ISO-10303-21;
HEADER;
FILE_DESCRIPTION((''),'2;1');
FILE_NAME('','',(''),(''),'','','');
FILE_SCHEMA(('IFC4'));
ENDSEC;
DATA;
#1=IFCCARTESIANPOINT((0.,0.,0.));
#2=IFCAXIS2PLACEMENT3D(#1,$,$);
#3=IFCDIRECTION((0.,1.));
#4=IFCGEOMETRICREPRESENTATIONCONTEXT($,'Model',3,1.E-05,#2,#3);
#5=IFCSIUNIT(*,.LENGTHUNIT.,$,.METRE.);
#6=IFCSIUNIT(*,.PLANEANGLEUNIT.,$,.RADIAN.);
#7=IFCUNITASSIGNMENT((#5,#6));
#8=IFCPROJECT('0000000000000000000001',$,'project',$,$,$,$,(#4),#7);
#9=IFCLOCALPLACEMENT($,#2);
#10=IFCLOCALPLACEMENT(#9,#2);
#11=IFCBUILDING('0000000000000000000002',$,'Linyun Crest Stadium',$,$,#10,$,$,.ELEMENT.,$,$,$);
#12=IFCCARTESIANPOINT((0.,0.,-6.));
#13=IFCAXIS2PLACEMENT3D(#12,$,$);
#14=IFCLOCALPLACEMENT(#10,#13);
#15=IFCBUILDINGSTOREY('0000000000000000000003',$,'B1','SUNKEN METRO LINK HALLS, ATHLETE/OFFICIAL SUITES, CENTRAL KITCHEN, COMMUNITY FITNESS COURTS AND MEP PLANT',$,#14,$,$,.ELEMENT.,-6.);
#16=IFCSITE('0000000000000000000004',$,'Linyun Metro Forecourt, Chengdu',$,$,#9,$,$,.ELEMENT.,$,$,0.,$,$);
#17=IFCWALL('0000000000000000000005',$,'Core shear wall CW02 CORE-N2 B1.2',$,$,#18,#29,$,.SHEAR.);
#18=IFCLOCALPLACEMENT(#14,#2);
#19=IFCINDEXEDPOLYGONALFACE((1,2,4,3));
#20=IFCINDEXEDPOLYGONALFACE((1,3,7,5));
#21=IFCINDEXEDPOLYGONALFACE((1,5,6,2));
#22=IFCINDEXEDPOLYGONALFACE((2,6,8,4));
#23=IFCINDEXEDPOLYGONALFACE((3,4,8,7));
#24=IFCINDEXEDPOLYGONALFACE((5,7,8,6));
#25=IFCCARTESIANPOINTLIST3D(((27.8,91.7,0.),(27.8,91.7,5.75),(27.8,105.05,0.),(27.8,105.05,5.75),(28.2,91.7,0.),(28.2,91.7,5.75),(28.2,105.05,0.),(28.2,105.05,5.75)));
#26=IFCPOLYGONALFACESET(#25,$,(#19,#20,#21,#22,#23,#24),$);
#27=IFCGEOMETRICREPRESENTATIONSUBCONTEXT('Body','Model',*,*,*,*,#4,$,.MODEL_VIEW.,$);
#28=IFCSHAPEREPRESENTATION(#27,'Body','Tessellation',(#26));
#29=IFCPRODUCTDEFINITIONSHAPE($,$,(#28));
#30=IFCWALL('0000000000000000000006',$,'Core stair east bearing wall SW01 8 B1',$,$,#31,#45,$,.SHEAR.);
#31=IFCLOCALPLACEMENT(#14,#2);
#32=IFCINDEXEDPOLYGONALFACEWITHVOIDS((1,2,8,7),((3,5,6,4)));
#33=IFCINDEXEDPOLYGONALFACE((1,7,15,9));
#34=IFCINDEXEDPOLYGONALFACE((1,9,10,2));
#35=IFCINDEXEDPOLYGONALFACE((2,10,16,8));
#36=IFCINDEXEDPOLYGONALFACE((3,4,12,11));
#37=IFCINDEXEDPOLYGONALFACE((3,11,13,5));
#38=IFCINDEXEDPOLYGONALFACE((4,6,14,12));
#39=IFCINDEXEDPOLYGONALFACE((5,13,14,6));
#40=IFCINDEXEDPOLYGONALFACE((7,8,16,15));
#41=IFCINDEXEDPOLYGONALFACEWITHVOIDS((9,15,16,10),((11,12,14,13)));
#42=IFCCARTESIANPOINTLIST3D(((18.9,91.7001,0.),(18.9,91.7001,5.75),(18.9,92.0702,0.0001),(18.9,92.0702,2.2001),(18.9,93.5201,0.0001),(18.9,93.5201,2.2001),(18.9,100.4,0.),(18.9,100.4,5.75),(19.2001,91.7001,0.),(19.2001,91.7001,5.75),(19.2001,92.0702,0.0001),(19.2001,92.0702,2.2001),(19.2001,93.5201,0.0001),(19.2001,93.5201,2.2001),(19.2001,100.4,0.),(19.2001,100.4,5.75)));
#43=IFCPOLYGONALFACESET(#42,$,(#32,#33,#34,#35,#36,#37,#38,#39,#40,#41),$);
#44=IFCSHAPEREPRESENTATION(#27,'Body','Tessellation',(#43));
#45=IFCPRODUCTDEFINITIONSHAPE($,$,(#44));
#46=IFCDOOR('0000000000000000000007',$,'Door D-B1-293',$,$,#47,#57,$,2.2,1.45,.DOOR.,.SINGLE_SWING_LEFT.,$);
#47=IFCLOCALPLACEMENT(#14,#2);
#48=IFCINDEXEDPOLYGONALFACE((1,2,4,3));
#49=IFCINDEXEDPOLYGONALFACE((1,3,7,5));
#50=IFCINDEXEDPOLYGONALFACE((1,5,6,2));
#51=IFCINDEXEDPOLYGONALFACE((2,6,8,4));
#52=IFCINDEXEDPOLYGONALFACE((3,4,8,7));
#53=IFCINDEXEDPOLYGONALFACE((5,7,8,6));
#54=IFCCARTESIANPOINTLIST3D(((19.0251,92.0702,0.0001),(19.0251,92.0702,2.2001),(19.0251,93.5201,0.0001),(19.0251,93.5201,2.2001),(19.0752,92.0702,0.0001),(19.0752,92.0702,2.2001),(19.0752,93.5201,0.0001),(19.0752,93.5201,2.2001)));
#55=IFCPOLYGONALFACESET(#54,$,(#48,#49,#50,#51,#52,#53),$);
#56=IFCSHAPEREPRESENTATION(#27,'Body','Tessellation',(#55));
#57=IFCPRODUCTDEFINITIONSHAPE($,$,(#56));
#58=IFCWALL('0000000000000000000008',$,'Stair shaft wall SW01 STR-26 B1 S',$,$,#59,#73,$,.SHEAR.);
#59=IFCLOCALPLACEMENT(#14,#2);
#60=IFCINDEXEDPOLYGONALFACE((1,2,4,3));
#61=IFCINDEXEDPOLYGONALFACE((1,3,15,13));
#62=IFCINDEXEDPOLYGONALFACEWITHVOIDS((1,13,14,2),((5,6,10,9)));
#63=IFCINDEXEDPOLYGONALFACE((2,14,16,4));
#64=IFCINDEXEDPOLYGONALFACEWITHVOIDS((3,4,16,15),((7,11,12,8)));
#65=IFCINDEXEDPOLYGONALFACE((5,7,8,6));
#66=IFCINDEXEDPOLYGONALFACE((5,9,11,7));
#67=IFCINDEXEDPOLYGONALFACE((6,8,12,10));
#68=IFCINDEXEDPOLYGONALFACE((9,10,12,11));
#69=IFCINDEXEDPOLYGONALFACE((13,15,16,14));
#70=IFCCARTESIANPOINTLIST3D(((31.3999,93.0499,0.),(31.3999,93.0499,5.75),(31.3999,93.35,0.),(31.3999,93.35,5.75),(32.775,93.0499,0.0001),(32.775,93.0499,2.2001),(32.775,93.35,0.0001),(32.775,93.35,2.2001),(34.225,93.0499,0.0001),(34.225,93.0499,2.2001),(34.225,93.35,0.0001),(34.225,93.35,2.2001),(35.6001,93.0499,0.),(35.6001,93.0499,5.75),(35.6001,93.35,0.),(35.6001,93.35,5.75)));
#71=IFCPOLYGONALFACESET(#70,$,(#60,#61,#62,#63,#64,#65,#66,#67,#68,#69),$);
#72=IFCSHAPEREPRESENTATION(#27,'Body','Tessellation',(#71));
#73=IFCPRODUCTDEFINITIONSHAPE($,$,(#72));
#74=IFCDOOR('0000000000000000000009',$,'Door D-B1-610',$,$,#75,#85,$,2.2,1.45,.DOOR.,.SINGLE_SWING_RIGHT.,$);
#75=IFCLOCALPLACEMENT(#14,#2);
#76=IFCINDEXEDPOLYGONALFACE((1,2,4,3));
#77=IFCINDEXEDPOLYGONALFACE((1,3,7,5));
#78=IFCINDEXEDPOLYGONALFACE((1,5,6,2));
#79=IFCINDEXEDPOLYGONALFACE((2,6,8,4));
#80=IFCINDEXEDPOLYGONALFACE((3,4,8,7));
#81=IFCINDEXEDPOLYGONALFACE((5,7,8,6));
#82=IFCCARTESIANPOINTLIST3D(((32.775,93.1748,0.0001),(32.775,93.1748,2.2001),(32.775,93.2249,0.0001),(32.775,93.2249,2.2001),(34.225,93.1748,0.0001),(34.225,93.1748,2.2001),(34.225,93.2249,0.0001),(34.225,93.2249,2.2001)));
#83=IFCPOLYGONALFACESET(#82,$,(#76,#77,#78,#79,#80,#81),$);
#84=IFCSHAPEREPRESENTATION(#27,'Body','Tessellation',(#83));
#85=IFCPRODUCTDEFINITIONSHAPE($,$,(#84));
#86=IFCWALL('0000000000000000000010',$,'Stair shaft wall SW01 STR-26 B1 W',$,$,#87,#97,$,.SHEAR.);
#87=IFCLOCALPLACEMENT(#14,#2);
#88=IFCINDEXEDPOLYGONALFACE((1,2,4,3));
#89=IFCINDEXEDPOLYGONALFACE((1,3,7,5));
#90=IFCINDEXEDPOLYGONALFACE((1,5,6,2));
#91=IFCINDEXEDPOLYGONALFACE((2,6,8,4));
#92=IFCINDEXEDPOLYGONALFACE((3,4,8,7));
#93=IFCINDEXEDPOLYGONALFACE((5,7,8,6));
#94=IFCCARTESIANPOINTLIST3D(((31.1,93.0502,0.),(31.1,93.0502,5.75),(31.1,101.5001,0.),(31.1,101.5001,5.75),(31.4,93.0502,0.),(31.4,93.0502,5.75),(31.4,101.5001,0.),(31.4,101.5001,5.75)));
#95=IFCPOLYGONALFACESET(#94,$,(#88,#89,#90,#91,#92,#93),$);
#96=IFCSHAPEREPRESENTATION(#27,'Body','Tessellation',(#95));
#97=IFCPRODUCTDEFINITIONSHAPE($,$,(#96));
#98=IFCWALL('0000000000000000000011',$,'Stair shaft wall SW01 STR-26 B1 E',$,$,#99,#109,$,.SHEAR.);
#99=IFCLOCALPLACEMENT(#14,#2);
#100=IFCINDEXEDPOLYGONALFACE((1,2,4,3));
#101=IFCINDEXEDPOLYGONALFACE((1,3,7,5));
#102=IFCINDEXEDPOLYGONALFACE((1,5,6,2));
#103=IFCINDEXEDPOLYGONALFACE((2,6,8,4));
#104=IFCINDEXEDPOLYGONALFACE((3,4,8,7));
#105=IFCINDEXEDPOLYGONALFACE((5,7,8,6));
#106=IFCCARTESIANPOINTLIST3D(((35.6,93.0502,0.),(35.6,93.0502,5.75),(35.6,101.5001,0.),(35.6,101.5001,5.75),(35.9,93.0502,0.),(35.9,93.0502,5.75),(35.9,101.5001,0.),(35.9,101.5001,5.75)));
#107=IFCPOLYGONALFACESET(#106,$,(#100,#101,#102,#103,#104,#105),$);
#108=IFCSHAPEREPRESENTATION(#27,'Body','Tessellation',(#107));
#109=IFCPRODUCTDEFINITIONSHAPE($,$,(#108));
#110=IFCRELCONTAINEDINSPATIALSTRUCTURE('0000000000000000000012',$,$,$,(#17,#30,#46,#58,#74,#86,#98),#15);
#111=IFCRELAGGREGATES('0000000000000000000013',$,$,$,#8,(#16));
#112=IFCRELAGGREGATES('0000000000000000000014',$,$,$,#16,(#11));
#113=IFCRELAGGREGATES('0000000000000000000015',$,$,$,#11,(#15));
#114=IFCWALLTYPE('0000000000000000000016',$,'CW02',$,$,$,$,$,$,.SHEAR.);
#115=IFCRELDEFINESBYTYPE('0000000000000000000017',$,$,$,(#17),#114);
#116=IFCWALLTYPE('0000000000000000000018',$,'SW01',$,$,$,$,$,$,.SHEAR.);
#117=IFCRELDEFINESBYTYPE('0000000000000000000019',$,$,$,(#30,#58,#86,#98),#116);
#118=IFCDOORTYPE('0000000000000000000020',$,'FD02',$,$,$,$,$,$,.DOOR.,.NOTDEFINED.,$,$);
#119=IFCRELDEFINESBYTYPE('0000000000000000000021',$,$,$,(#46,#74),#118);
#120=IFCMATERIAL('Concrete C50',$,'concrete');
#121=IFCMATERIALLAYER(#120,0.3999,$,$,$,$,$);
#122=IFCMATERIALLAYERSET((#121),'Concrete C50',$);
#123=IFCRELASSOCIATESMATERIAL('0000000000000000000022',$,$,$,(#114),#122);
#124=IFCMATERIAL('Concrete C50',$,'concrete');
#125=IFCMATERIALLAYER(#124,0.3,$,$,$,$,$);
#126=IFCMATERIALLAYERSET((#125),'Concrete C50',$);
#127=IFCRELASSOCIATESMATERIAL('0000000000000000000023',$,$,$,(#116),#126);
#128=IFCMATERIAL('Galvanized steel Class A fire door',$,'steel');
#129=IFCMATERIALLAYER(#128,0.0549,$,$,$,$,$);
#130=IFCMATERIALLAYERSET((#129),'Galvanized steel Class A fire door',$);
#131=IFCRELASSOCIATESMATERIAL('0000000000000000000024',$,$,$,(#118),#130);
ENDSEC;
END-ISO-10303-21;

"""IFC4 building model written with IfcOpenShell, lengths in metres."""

from ifc_helpers import new_model, si_unit, direction, frame, frame_2d, origin, place, context, subcontext, project, spatial, rectangle, extrude, material, layer, layer_set, type_object, element, fill, save


model = new_model("IFC4")

# Units and contexts
model_context = context("Model", 3, precision=1e-05, world=origin(), true_north=direction((0.0, 1.0)))
body_context = subcontext(model_context, "Body", "Model", "MODEL_VIEW")
ifc_project = project(units=[si_unit("LENGTHUNIT", "METRE"), si_unit("PLANEANGLEUNIT", "RADIAN")], contexts=[model_context])

# Site, building, storey
site_placement = place(None, origin())
site = spatial("IfcSite", under=ifc_project, at=site_placement, Name="Linyun Metro Forecourt, Chengdu", CompositionType="ELEMENT", RefElevation=0.0)
building_placement = place(site_placement, origin())
building = spatial("IfcBuilding", under=site, at=building_placement, Name="Linyun Crest Stadium", CompositionType="ELEMENT")
storey_placement = place(building_placement, frame((0.0, 0.0, -6.0)))
storey = spatial("IfcBuildingStorey", under=building, at=storey_placement, Name="B1", Description="SUNKEN METRO LINK HALLS, ATHLETE/OFFICIAL SUITES, CENTRAL KITCHEN, COMMUNITY FITNESS COURTS AND MEP PLANT", CompositionType="ELEMENT", Elevation=-6.0)

# Wall
ifc_material_1 = material(Name="Concrete C50", Category="concrete")
ifc_layer_1 = layer(ifc_material_1, 0.3999)
ifc_layer_set_1 = layer_set([ifc_layer_1], Name="Concrete C50")
wall_type_1 = type_object("IfcWallType", Name="CW02", PredefinedType="SHEAR", material=ifc_layer_set_1)
wall_1_placement = place(storey_placement, frame((28.0, 91.7, 0.0), z_axis=(0.0, 0.0, 1.0), x_axis=(0.0, 1.0, 0.0)))
element("IfcWall", 1, at=wall_1_placement, inside=storey, type_object=wall_type_1, Name="Core shear wall CW02 CORE-N2 B1.2", PredefinedType="SHEAR", context=body_context, shape_type="SweptSolid", body=[
    extrude(rectangle(XDim=13.3501, YDim=0.3999, at=frame_2d((6.675, 0.0))), origin(), (0.0, 0.0, 1.0), 5.75),
])

# Walls, openings, doors
ifc_material_2 = material(Name="Concrete C50", Category="concrete")
ifc_layer_2 = layer(ifc_material_2, 0.3)
ifc_layer_set_2 = layer_set([ifc_layer_2], Name="Concrete C50")
wall_type_2 = type_object("IfcWallType", Name="SW01", PredefinedType="SHEAR", material=ifc_layer_set_2)
wall_2_placement = place(storey_placement, frame((19.05, 91.7, 0.0), z_axis=(0.0, 0.0, 1.0), x_axis=(0.0, 1.0, 0.0)))
wall_2 = element("IfcWall", 2, at=wall_2_placement, inside=storey, type_object=wall_type_2, Name="Core stair east bearing wall SW01 8 B1", PredefinedType="SHEAR", context=body_context, shape_type="SweptSolid", body=[
    extrude(rectangle(XDim=8.7, YDim=0.3, at=frame_2d((4.3501, 0.0))), origin(), (0.0, 0.0, 1.0), 5.75),
])
opening_1_placement = place(wall_2_placement, frame((0.3701, 0.0, 0.0)))
opening_1 = element("IfcOpeningElement", 3, at=opening_1_placement, cuts=wall_2, PredefinedType="OPENING", context=body_context, shape_type="SweptSolid", body=[
    extrude(rectangle(XDim=1.45, YDim=2.2, at=frame_2d((0.7251, 1.1001))), frame((0.0, 0.1599, 0.0), z_axis=(0.0, -1.0, 0.0), x_axis=(1.0, 0.0, 0.0)), (0.0, 0.0, 1.0), 0.3201),
])
ifc_material_3 = material(Name="Galvanized steel Class A fire door", Category="steel")
ifc_layer_3 = layer(ifc_material_3, 0.0549)
ifc_layer_set_3 = layer_set([ifc_layer_3], Name="Galvanized steel Class A fire door")
door_type = type_object("IfcDoorType", Name="FD02", OperationType="NOTDEFINED", PredefinedType="DOOR", material=ifc_layer_set_3)
door_1_placement = place(opening_1_placement, origin())
door_1 = element("IfcDoor", 4, at=door_1_placement, inside=storey, type_object=door_type, Name="Door D-B1-293", OperationType="SINGLE_SWING_LEFT", OverallHeight=2.2, OverallWidth=1.45, PredefinedType="DOOR", context=body_context, shape_type="SweptSolid", body=[
    extrude(rectangle(XDim=1.45, YDim=2.2, at=frame_2d((0.7251, 1.1001))), frame((0.0, 0.0249, 0.0), z_axis=(0.0, -1.0, 0.0), x_axis=(1.0, 0.0, 0.0)), (0.0, 0.0, 1.0), 0.05),
])
fill(opening_1, door_1)
wall_3_placement = place(storey_placement, frame((31.3999, 93.2, 0.0), z_axis=(0.0, 0.0, 1.0), x_axis=(1.0, 0.0, 0.0)))
wall_3 = element("IfcWall", 5, at=wall_3_placement, inside=storey, type_object=wall_type_2, Name="Stair shaft wall SW01 STR-26 B1 S", PredefinedType="SHEAR", context=body_context, shape_type="SweptSolid", body=[
    extrude(rectangle(XDim=4.2002, YDim=0.3, at=frame_2d((2.1001, 0.0))), origin(), (0.0, 0.0, 1.0), 5.75),
])
opening_2_placement = place(wall_3_placement, frame((1.375, 0.0, 0.0)))
opening_2 = element("IfcOpeningElement", 6, at=opening_2_placement, cuts=wall_3, PredefinedType="OPENING", context=body_context, shape_type="SweptSolid", body=[
    extrude(rectangle(XDim=1.45, YDim=2.2, at=frame_2d((0.7251, 1.1001))), frame((0.0, 0.1599, 0.0), z_axis=(0.0, -1.0, 0.0), x_axis=(1.0, 0.0, 0.0)), (0.0, 0.0, 1.0), 0.3201),
])
door_2_placement = place(opening_2_placement, origin())
door_2 = element("IfcDoor", 7, at=door_2_placement, inside=storey, type_object=door_type, Name="Door D-B1-610", OperationType="SINGLE_SWING_RIGHT", OverallHeight=2.2, OverallWidth=1.45, PredefinedType="DOOR", context=body_context, shape_type="SweptSolid", body=[
    extrude(rectangle(XDim=1.45, YDim=2.2, at=frame_2d((0.7251, 1.1001))), frame((0.0, 0.0249, 0.0), z_axis=(0.0, -1.0, 0.0), x_axis=(1.0, 0.0, 0.0)), (0.0, 0.0, 1.0), 0.05),
])
fill(opening_2, door_2)

# Walls
for number, where, z_axis, x_axis, name in (
    (8, (31.25, 93.05, 0.0), (0.0, 0.0, 1.0), (0.0, 1.0, 0.0), "Stair shaft wall SW01 STR-26 B1 W"),
    (9, (35.75, 93.05, 0.0), (0.0, 0.0, 1.0), (0.0, 1.0, 0.0), "Stair shaft wall SW01 STR-26 B1 E"),
):
    element("IfcWall", number, at=place(storey_placement, frame(where, z_axis=z_axis, x_axis=x_axis)), inside=storey, type_object=wall_type_2, Name=name, PredefinedType="SHEAR", context=body_context, shape_type="SweptSolid", body=[
        extrude(rectangle(XDim=8.45, YDim=0.3, at=frame_2d((4.2251, 0.0))), origin(), (0.0, 0.0, 1.0), 5.75),
    ])

save(model, "model.ifc")
